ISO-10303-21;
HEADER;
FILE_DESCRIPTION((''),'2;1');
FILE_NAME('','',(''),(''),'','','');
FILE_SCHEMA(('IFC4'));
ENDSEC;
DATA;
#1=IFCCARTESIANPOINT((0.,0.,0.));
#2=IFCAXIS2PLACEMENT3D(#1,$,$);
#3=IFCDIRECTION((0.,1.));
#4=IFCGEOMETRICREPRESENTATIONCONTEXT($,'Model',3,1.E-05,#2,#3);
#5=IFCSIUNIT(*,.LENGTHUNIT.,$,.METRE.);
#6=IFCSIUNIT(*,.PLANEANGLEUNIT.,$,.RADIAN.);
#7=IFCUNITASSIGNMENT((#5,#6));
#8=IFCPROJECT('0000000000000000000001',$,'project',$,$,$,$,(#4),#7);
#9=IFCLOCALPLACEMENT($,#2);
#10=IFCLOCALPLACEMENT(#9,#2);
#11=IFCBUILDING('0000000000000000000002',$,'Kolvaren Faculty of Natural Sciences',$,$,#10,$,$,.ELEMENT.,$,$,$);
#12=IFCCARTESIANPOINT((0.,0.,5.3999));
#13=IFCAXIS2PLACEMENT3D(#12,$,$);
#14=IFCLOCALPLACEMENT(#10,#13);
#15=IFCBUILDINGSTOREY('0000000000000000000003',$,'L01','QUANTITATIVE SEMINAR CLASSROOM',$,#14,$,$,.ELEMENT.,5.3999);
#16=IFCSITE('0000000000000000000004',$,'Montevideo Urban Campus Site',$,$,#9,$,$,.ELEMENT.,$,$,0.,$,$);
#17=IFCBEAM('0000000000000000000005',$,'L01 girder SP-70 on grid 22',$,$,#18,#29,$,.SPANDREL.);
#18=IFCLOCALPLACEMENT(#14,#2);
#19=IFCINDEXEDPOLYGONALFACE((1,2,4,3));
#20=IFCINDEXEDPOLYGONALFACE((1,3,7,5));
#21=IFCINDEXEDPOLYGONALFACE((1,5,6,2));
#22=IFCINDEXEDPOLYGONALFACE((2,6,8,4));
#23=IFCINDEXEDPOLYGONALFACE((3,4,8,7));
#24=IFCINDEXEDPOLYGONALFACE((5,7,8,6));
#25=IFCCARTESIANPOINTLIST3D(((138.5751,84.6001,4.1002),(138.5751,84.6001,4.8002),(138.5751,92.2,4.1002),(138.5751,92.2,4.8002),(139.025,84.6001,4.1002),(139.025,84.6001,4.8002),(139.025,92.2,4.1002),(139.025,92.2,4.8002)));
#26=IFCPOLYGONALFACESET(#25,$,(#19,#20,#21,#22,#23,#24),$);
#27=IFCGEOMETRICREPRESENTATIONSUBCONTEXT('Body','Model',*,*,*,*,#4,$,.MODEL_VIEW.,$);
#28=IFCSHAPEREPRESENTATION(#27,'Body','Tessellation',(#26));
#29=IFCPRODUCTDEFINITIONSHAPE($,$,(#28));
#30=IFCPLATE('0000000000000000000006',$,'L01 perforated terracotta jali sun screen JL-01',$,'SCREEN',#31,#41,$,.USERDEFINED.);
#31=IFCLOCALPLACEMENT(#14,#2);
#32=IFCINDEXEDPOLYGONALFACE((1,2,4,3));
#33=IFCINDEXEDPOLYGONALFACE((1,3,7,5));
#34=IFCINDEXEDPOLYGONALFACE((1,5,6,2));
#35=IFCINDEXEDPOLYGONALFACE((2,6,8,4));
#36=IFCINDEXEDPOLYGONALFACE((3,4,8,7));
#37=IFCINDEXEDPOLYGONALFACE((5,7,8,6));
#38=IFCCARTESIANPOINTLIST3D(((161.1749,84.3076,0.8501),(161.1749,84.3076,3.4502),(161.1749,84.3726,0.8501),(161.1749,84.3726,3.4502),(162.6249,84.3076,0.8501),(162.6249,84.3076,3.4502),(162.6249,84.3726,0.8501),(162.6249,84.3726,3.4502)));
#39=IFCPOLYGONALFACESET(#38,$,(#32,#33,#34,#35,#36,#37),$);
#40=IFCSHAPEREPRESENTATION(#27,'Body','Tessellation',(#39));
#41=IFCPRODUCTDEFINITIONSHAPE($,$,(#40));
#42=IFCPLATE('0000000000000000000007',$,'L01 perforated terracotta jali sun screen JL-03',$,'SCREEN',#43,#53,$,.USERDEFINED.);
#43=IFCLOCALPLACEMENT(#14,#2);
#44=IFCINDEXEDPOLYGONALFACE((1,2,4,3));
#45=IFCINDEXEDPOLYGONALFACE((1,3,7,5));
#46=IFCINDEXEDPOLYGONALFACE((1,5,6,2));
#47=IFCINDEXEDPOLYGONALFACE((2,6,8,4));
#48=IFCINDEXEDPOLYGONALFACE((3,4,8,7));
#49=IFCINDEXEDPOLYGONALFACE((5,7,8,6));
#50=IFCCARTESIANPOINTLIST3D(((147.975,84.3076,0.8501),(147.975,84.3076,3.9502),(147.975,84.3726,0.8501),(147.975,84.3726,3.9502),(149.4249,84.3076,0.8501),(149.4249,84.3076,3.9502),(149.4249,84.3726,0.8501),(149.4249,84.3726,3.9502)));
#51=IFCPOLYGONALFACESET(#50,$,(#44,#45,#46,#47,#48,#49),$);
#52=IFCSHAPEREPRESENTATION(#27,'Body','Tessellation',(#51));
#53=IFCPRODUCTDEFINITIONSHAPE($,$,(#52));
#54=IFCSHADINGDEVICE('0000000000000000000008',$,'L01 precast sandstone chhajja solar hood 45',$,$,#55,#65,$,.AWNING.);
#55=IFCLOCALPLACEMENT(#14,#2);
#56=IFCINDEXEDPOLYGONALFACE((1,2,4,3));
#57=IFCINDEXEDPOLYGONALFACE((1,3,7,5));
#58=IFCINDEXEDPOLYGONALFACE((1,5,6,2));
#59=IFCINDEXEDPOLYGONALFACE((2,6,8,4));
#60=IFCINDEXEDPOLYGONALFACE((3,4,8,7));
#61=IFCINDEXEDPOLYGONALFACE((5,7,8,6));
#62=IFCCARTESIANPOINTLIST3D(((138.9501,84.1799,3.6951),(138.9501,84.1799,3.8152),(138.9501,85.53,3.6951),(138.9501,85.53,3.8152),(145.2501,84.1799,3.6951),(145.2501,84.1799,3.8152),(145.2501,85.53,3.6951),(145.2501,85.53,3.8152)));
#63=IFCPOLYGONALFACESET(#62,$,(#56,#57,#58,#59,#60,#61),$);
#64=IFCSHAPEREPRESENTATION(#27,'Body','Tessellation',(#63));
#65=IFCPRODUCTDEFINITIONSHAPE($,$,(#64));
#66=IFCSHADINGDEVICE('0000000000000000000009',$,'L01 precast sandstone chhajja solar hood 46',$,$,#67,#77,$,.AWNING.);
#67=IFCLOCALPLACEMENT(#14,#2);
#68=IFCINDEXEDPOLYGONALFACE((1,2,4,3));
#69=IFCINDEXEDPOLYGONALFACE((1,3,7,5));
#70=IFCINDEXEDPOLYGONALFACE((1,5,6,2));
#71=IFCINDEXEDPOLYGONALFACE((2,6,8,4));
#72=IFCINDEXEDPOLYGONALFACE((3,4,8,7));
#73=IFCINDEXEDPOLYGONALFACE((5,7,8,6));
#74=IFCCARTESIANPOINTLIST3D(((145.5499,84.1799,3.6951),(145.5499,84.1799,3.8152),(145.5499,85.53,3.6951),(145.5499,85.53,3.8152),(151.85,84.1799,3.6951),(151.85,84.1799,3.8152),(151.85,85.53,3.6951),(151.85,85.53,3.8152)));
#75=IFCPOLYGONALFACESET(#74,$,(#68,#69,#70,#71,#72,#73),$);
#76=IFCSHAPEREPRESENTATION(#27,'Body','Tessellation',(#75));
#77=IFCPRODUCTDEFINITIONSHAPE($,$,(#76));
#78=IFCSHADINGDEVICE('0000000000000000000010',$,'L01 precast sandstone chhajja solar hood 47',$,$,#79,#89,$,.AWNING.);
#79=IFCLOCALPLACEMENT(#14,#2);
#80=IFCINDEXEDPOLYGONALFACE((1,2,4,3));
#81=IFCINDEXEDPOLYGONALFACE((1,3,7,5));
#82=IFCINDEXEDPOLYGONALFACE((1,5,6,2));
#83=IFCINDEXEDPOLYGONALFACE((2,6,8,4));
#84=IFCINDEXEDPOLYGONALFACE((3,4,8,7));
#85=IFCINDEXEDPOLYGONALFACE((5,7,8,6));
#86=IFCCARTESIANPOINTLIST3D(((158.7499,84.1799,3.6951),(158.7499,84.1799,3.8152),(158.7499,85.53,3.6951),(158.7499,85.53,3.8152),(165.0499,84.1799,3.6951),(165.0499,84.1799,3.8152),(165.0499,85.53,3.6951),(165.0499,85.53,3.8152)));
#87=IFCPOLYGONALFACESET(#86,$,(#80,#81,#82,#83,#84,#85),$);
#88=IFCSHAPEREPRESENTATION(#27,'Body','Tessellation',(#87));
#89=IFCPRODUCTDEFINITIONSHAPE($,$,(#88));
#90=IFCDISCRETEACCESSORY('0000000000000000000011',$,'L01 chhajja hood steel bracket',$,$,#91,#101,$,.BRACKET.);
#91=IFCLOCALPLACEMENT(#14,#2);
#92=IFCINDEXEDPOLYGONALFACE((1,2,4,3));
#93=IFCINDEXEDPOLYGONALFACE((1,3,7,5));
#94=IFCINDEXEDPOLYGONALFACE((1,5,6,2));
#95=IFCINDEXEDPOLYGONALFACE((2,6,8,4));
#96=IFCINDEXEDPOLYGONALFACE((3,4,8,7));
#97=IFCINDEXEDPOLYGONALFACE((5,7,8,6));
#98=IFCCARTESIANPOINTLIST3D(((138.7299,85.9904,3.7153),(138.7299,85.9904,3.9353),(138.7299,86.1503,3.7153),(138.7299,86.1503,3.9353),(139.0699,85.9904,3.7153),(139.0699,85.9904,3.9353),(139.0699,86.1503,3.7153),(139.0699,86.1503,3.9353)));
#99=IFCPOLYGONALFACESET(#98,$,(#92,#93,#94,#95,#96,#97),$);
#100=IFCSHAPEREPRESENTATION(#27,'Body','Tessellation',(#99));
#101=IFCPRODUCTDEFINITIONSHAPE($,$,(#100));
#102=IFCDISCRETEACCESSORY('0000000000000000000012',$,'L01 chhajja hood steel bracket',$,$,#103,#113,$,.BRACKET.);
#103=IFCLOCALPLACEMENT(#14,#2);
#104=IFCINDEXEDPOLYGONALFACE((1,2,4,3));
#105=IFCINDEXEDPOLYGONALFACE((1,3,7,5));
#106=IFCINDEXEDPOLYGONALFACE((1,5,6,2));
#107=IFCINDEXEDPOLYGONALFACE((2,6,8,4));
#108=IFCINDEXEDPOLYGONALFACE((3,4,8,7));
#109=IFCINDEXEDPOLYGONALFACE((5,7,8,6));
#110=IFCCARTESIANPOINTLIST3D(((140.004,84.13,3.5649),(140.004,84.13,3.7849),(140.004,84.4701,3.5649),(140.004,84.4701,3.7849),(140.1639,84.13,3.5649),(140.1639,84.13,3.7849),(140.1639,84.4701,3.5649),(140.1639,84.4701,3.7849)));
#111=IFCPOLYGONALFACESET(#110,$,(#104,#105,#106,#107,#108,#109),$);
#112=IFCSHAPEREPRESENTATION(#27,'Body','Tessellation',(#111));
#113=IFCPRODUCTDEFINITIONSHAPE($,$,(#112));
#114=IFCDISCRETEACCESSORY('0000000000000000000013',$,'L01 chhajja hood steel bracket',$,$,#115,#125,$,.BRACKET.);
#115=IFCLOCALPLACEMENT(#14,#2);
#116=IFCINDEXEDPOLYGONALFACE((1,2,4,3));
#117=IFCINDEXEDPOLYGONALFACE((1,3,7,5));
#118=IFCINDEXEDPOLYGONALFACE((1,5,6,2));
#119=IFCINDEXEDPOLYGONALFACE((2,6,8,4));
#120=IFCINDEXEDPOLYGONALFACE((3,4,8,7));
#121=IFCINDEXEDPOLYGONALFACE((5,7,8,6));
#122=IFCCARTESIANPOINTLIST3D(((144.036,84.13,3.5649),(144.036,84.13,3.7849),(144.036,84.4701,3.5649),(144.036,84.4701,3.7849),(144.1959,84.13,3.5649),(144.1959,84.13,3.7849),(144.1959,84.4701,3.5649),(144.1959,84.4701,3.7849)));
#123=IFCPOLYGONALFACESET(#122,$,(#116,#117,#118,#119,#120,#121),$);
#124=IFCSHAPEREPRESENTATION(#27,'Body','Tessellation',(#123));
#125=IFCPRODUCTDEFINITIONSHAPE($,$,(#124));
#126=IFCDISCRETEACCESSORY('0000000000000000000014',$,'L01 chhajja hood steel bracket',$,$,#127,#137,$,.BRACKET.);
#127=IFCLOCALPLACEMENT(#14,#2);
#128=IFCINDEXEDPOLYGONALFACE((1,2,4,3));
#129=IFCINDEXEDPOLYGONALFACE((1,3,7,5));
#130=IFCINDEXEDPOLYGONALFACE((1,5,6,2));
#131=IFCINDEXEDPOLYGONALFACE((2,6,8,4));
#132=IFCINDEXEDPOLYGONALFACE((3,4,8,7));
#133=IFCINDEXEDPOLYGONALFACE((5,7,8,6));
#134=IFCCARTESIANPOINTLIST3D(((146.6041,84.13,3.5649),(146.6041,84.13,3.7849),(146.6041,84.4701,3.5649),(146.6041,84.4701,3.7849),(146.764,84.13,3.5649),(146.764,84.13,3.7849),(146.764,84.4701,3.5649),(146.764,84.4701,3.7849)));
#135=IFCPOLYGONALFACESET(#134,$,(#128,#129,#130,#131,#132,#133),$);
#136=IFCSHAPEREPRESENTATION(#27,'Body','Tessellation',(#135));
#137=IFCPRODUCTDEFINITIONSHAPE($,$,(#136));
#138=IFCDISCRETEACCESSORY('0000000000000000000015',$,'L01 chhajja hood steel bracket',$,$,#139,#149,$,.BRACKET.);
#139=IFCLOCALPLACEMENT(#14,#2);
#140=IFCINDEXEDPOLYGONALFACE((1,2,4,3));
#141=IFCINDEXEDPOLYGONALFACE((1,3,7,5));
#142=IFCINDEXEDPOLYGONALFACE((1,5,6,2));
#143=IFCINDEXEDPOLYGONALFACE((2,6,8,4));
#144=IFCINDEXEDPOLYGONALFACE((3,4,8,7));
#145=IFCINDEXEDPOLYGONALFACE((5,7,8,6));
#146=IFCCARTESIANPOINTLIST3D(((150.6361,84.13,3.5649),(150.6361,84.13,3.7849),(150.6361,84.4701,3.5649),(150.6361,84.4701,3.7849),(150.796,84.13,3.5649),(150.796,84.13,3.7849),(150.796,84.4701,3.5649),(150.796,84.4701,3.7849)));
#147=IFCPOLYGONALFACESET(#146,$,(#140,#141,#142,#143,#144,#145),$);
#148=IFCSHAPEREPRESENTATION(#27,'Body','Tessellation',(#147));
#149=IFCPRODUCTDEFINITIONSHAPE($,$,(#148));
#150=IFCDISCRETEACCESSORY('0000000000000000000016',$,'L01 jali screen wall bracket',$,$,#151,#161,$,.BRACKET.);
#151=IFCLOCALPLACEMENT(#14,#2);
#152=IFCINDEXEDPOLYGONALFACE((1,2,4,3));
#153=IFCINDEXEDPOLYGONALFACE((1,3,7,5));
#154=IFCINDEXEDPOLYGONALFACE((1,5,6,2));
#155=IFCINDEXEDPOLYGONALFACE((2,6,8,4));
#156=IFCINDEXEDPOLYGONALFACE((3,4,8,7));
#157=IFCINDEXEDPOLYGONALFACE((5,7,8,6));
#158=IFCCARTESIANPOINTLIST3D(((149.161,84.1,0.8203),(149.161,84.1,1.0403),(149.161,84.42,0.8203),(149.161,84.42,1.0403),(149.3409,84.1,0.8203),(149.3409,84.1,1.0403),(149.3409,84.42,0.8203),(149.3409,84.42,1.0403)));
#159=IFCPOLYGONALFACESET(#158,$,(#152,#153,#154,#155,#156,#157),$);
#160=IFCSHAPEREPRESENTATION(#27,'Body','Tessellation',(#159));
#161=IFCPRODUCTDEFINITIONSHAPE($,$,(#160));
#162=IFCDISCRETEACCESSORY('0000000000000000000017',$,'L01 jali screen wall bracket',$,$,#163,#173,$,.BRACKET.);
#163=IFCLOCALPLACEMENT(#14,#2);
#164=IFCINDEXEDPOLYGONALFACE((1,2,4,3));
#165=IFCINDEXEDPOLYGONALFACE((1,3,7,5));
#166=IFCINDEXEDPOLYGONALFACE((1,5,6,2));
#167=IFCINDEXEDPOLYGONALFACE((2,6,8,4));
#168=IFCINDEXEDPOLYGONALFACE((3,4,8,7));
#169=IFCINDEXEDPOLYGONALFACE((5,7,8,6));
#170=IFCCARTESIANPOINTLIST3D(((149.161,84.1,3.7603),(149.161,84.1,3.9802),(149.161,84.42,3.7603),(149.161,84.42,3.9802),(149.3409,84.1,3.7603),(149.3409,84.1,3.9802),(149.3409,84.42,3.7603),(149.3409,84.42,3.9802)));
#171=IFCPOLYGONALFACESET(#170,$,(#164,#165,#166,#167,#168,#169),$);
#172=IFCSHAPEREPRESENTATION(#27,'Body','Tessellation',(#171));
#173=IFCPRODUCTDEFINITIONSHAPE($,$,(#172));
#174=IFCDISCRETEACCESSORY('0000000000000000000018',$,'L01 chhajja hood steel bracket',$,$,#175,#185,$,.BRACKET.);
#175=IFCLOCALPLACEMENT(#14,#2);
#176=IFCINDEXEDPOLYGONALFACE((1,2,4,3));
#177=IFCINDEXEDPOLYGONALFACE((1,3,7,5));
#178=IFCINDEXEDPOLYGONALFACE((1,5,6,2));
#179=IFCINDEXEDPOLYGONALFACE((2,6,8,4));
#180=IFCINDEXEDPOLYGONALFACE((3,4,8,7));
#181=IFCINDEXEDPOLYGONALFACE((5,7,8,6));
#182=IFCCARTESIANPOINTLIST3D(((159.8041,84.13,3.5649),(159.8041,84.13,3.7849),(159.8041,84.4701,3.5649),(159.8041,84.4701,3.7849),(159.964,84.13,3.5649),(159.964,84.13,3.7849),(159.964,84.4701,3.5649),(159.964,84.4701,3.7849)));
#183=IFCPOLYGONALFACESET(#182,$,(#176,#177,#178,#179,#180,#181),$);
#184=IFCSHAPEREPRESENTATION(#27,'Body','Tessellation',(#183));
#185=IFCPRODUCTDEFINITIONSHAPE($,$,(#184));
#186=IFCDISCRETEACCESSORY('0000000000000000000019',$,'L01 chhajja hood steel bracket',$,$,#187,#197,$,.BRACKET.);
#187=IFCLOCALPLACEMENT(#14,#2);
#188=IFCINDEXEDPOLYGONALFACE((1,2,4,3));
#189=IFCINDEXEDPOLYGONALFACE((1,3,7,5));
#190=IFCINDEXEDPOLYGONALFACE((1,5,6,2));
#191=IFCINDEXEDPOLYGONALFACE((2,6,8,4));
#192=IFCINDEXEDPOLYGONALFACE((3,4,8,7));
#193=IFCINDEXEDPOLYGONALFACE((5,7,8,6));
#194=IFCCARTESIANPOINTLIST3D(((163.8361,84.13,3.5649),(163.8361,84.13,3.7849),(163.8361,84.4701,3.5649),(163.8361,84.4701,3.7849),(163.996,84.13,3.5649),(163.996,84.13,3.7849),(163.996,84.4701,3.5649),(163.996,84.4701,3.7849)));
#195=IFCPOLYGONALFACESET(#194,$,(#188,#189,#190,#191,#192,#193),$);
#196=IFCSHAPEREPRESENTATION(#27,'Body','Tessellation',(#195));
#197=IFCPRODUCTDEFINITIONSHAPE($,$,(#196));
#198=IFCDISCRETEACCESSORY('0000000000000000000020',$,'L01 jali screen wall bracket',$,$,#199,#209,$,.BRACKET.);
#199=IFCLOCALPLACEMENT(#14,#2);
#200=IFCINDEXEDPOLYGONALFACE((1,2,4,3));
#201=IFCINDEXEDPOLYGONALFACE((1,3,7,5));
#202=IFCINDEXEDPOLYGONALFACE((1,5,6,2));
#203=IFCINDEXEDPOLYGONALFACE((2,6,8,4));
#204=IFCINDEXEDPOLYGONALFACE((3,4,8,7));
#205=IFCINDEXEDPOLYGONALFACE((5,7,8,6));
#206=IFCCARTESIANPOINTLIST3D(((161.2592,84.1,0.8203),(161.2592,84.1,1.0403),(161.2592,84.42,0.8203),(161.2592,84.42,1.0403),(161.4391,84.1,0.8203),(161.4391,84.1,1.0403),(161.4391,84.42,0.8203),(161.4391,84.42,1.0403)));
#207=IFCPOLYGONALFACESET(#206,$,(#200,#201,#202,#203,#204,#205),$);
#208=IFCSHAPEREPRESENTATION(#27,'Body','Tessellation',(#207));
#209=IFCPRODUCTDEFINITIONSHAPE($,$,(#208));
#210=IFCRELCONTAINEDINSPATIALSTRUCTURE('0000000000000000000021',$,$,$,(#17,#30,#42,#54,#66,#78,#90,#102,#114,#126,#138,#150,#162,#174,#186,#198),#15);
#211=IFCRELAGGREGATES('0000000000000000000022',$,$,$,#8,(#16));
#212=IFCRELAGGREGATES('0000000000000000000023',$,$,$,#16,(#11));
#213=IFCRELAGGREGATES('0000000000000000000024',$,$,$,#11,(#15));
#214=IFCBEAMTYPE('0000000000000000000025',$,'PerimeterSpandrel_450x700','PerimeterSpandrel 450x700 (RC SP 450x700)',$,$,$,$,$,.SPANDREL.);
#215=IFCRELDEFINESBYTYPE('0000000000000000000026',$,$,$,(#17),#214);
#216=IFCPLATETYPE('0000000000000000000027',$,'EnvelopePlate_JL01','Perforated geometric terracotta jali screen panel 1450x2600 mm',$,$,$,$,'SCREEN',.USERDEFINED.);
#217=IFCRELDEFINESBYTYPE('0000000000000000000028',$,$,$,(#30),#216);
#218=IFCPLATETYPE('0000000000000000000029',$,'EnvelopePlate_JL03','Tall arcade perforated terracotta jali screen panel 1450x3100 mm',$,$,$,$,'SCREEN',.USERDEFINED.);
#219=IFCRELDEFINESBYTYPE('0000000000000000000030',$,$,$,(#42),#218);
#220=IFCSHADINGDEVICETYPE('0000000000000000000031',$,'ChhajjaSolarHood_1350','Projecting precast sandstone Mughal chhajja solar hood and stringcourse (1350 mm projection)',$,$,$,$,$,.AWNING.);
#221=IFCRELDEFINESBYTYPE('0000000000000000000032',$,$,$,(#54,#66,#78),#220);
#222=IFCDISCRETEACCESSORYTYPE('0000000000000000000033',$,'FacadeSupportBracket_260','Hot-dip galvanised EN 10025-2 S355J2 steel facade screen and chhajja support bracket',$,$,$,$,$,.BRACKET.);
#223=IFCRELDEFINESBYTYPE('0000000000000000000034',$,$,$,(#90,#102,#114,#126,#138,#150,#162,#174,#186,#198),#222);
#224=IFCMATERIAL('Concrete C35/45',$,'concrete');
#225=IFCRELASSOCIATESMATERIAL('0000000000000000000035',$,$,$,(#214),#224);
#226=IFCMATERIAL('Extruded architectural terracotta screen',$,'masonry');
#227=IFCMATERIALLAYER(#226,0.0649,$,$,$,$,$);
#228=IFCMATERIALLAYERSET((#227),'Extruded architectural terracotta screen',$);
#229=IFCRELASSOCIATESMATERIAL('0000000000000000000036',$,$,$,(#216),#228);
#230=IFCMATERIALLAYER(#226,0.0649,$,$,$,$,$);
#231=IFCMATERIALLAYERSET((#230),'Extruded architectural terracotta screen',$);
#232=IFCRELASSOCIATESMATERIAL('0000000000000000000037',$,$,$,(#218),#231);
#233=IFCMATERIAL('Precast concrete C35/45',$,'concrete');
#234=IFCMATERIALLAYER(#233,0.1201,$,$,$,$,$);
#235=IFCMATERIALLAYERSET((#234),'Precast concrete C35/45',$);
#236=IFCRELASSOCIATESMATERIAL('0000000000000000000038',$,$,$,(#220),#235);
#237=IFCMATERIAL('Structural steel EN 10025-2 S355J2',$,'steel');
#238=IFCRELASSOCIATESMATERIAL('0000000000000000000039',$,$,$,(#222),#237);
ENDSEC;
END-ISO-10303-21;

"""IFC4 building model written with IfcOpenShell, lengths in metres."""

from ifc_helpers import new_model, si_unit, direction, frame, origin, origin_2d, place, context, subcontext, project, spatial, rectangle, extrude, material, layer, layer_set, material_profile, profile_set, type_object, element, save


model = new_model("IFC4")

# Units and contexts
model_context = context("Model", 3, precision=1e-05, world=origin(), true_north=direction((0.0, 1.0)))
body_context = subcontext(model_context, "Body", "Model", "MODEL_VIEW")
ifc_project = project(units=[si_unit("LENGTHUNIT", "METRE"), si_unit("PLANEANGLEUNIT", "RADIAN")], contexts=[model_context])

# Site, building, storey
site_placement = place(None, origin())
site = spatial("IfcSite", under=ifc_project, at=site_placement, Name="Montevideo Urban Campus Site", CompositionType="ELEMENT", RefElevation=0.0)
building_placement = place(site_placement, origin())
building = spatial("IfcBuilding", under=site, at=building_placement, Name="Kolvaren Faculty of Natural Sciences", CompositionType="ELEMENT")
storey_placement = place(building_placement, frame((0.0, 0.0, 5.3999)))
storey = spatial("IfcBuildingStorey", under=building, at=storey_placement, Name="L01", Description="QUANTITATIVE SEMINAR CLASSROOM", CompositionType="ELEMENT", Elevation=5.3999)

# Beam
ifc_material_1 = material(Name="Concrete C35/45", Category="concrete")
ifc_material_profile = material_profile(ifc_material_1, rectangle(XDim=0.45, YDim=0.7, at=origin_2d()), Name="RC SP 450x700")
ifc_profile_set = profile_set([ifc_material_profile], Name="Concrete C35/45")
beam_type = type_object("IfcBeamType", Name="PerimeterSpandrel_450x700", Description="PerimeterSpandrel 450x700 (RC SP 450x700)", PredefinedType="SPANDREL", material=ifc_profile_set)
beam_placement = place(storey_placement, frame((138.8, 84.6001, 4.4502), z_axis=(0.0, 1.0, 0.0), x_axis=(-1.0, 0.0, 0.0)))
element("IfcBeam", 1, at=beam_placement, inside=storey, type_object=beam_type, Name="L01 girder SP-70 on grid 22", PredefinedType="SPANDREL", context=body_context, shape_type="SweptSolid", body=[
    extrude(rectangle(XDim=0.45, YDim=0.7, at=origin_2d()), origin(), (0.0, 0.0, 1.0), 7.5999),
])

# Plates
ifc_material_2 = material(Name="Extruded architectural terracotta screen", Category="masonry")
ifc_layer_1 = layer(ifc_material_2, 0.0649)
ifc_layer_set_1 = layer_set([ifc_layer_1], Name="Extruded architectural terracotta screen")
plate_type_1 = type_object("IfcPlateType", Name="EnvelopePlate_JL01", Description="Perforated geometric terracotta jali screen panel 1450x2600 mm", ElementType="SCREEN", PredefinedType="USERDEFINED", material=ifc_layer_set_1)
plate_1_placement = place(storey_placement, frame((161.8999, 84.3401, 0.8501), z_axis=(0.0, 0.0, 1.0), x_axis=(1.0, 0.0, 0.0)))
element("IfcPlate", 2, at=plate_1_placement, inside=storey, type_object=plate_type_1, Name="L01 perforated terracotta jali sun screen JL-01", ObjectType="SCREEN", PredefinedType="USERDEFINED", context=body_context, shape_type="SweptSolid", body=[
    extrude(rectangle(XDim=1.45, YDim=0.0649, at=origin_2d()), origin(), (0.0, 0.0, 1.0), 2.6001),
])
ifc_layer_2 = layer(ifc_material_2, 0.0649)
ifc_layer_set_2 = layer_set([ifc_layer_2], Name="Extruded architectural terracotta screen")
plate_type_2 = type_object("IfcPlateType", Name="EnvelopePlate_JL03", Description="Tall arcade perforated terracotta jali screen panel 1450x3100 mm", ElementType="SCREEN", PredefinedType="USERDEFINED", material=ifc_layer_set_2)
plate_2_placement = place(storey_placement, frame((148.7, 84.3401, 0.8501), z_axis=(0.0, 0.0, 1.0), x_axis=(1.0, 0.0, 0.0)))
element("IfcPlate", 3, at=plate_2_placement, inside=storey, type_object=plate_type_2, Name="L01 perforated terracotta jali sun screen JL-03", ObjectType="SCREEN", PredefinedType="USERDEFINED", context=body_context, shape_type="SweptSolid", body=[
    extrude(rectangle(XDim=1.45, YDim=0.0649, at=origin_2d()), origin(), (0.0, 0.0, 1.0), 3.1001),
])

# Shading devices
ifc_material_3 = material(Name="Precast concrete C35/45", Category="concrete")
ifc_layer_3 = layer(ifc_material_3, 0.1201)
ifc_layer_set_3 = layer_set([ifc_layer_3], Name="Precast concrete C35/45")
shading_device_type = type_object("IfcShadingDeviceType", Name="ChhajjaSolarHood_1350", Description="Projecting precast sandstone Mughal chhajja solar hood and stringcourse (1350 mm projection)", PredefinedType="AWNING", material=ifc_layer_set_3)
for number, where, z_axis, x_axis, name in (
    (4, (142.1001, 84.855, 3.6951), (0.0, 0.0, 1.0), (1.0, 0.0, 0.0), "L01 precast sandstone chhajja solar hood 45"),
    (5, (148.7, 84.855, 3.6951), (0.0, 0.0, 1.0), (1.0, 0.0, 0.0), "L01 precast sandstone chhajja solar hood 46"),
    (6, (161.8999, 84.855, 3.6951), (0.0, 0.0, 1.0), (1.0, 0.0, 0.0), "L01 precast sandstone chhajja solar hood 47"),
):
    element("IfcShadingDevice", number, at=place(storey_placement, frame(where, z_axis=z_axis, x_axis=x_axis)), inside=storey, type_object=shading_device_type, Name=name, PredefinedType="AWNING", context=body_context, shape_type="SweptSolid", body=[
        extrude(rectangle(XDim=6.3, YDim=1.3501, at=origin_2d()), origin(), (0.0, 0.0, 1.0), 0.1201),
    ])

# Discrete accessories
ifc_material_4 = material(Name="Structural steel EN 10025-2 S355J2", Category="steel")
discrete_accessory_type = type_object("IfcDiscreteAccessoryType", Name="FacadeSupportBracket_260", Description="Hot-dip galvanised EN 10025-2 S355J2 steel facade screen and chhajja support bracket", PredefinedType="BRACKET", material=ifc_material_4)
for number, where, z_axis, x_axis, name in (
    (7, (138.8999, 86.0703, 3.7153), (0.0, 0.0, 1.0), (0.0, -1.0, 0.0), "L01 chhajja hood steel bracket"),
    (8, (140.084, 84.3, 3.5649), (0.0, 0.0, 1.0), (1.0, 0.0, 0.0), "L01 chhajja hood steel bracket"),
    (9, (144.116, 84.3, 3.5649), (0.0, 0.0, 1.0), (1.0, 0.0, 0.0), "L01 chhajja hood steel bracket"),
    (10, (146.6841, 84.3, 3.5649), (0.0, 0.0, 1.0), (1.0, 0.0, 0.0), "L01 chhajja hood steel bracket"),
    (11, (150.7161, 84.3, 3.5649), (0.0, 0.0, 1.0), (1.0, 0.0, 0.0), "L01 chhajja hood steel bracket"),
):
    element("IfcDiscreteAccessory", number, at=place(storey_placement, frame(where, z_axis=z_axis, x_axis=x_axis)), inside=storey, type_object=discrete_accessory_type, Name=name, PredefinedType="BRACKET", context=body_context, shape_type="SweptSolid", body=[
        extrude(rectangle(XDim=0.1599, YDim=0.3401, at=origin_2d()), origin(), (0.0, 0.0, 1.0), 0.22),
    ])
for number, where, z_axis, x_axis, name in (
    (12, (149.251, 84.26, 0.8203), (0.0, 0.0, 1.0), (1.0, 0.0, 0.0), "L01 jali screen wall bracket"),
    (13, (149.251, 84.26, 3.7603), (0.0, 0.0, 1.0), (1.0, 0.0, 0.0), "L01 jali screen wall bracket"),
):
    element("IfcDiscreteAccessory", number, at=place(storey_placement, frame(where, z_axis=z_axis, x_axis=x_axis)), inside=storey, type_object=discrete_accessory_type, Name=name, PredefinedType="BRACKET", context=body_context, shape_type="SweptSolid", body=[
        extrude(rectangle(XDim=0.1799, YDim=0.3201, at=origin_2d()), origin(), (0.0, 0.0, 1.0), 0.22),
    ])
for number, where, z_axis, x_axis, name in (
    (14, (159.884, 84.3, 3.5649), (0.0, 0.0, 1.0), (1.0, 0.0, 0.0), "L01 chhajja hood steel bracket"),
    (15, (163.916, 84.3, 3.5649), (0.0, 0.0, 1.0), (1.0, 0.0, 0.0), "L01 chhajja hood steel bracket"),
):
    element("IfcDiscreteAccessory", number, at=place(storey_placement, frame(where, z_axis=z_axis, x_axis=x_axis)), inside=storey, type_object=discrete_accessory_type, Name=name, PredefinedType="BRACKET", context=body_context, shape_type="SweptSolid", body=[
        extrude(rectangle(XDim=0.1599, YDim=0.3401, at=origin_2d()), origin(), (0.0, 0.0, 1.0), 0.22),
    ])
for number, where, z_axis, x_axis, name in (
    (16, (161.3491, 84.26, 0.8203), (0.0, 0.0, 1.0), (1.0, 0.0, 0.0), "L01 jali screen wall bracket"),
):
    element("IfcDiscreteAccessory", number, at=place(storey_placement, frame(where, z_axis=z_axis, x_axis=x_axis)), inside=storey, type_object=discrete_accessory_type, Name=name, PredefinedType="BRACKET", context=body_context, shape_type="SweptSolid", body=[
        extrude(rectangle(XDim=0.1799, YDim=0.3201, at=origin_2d()), origin(), (0.0, 0.0, 1.0), 0.22),
    ])

save(model, "model.ifc")
